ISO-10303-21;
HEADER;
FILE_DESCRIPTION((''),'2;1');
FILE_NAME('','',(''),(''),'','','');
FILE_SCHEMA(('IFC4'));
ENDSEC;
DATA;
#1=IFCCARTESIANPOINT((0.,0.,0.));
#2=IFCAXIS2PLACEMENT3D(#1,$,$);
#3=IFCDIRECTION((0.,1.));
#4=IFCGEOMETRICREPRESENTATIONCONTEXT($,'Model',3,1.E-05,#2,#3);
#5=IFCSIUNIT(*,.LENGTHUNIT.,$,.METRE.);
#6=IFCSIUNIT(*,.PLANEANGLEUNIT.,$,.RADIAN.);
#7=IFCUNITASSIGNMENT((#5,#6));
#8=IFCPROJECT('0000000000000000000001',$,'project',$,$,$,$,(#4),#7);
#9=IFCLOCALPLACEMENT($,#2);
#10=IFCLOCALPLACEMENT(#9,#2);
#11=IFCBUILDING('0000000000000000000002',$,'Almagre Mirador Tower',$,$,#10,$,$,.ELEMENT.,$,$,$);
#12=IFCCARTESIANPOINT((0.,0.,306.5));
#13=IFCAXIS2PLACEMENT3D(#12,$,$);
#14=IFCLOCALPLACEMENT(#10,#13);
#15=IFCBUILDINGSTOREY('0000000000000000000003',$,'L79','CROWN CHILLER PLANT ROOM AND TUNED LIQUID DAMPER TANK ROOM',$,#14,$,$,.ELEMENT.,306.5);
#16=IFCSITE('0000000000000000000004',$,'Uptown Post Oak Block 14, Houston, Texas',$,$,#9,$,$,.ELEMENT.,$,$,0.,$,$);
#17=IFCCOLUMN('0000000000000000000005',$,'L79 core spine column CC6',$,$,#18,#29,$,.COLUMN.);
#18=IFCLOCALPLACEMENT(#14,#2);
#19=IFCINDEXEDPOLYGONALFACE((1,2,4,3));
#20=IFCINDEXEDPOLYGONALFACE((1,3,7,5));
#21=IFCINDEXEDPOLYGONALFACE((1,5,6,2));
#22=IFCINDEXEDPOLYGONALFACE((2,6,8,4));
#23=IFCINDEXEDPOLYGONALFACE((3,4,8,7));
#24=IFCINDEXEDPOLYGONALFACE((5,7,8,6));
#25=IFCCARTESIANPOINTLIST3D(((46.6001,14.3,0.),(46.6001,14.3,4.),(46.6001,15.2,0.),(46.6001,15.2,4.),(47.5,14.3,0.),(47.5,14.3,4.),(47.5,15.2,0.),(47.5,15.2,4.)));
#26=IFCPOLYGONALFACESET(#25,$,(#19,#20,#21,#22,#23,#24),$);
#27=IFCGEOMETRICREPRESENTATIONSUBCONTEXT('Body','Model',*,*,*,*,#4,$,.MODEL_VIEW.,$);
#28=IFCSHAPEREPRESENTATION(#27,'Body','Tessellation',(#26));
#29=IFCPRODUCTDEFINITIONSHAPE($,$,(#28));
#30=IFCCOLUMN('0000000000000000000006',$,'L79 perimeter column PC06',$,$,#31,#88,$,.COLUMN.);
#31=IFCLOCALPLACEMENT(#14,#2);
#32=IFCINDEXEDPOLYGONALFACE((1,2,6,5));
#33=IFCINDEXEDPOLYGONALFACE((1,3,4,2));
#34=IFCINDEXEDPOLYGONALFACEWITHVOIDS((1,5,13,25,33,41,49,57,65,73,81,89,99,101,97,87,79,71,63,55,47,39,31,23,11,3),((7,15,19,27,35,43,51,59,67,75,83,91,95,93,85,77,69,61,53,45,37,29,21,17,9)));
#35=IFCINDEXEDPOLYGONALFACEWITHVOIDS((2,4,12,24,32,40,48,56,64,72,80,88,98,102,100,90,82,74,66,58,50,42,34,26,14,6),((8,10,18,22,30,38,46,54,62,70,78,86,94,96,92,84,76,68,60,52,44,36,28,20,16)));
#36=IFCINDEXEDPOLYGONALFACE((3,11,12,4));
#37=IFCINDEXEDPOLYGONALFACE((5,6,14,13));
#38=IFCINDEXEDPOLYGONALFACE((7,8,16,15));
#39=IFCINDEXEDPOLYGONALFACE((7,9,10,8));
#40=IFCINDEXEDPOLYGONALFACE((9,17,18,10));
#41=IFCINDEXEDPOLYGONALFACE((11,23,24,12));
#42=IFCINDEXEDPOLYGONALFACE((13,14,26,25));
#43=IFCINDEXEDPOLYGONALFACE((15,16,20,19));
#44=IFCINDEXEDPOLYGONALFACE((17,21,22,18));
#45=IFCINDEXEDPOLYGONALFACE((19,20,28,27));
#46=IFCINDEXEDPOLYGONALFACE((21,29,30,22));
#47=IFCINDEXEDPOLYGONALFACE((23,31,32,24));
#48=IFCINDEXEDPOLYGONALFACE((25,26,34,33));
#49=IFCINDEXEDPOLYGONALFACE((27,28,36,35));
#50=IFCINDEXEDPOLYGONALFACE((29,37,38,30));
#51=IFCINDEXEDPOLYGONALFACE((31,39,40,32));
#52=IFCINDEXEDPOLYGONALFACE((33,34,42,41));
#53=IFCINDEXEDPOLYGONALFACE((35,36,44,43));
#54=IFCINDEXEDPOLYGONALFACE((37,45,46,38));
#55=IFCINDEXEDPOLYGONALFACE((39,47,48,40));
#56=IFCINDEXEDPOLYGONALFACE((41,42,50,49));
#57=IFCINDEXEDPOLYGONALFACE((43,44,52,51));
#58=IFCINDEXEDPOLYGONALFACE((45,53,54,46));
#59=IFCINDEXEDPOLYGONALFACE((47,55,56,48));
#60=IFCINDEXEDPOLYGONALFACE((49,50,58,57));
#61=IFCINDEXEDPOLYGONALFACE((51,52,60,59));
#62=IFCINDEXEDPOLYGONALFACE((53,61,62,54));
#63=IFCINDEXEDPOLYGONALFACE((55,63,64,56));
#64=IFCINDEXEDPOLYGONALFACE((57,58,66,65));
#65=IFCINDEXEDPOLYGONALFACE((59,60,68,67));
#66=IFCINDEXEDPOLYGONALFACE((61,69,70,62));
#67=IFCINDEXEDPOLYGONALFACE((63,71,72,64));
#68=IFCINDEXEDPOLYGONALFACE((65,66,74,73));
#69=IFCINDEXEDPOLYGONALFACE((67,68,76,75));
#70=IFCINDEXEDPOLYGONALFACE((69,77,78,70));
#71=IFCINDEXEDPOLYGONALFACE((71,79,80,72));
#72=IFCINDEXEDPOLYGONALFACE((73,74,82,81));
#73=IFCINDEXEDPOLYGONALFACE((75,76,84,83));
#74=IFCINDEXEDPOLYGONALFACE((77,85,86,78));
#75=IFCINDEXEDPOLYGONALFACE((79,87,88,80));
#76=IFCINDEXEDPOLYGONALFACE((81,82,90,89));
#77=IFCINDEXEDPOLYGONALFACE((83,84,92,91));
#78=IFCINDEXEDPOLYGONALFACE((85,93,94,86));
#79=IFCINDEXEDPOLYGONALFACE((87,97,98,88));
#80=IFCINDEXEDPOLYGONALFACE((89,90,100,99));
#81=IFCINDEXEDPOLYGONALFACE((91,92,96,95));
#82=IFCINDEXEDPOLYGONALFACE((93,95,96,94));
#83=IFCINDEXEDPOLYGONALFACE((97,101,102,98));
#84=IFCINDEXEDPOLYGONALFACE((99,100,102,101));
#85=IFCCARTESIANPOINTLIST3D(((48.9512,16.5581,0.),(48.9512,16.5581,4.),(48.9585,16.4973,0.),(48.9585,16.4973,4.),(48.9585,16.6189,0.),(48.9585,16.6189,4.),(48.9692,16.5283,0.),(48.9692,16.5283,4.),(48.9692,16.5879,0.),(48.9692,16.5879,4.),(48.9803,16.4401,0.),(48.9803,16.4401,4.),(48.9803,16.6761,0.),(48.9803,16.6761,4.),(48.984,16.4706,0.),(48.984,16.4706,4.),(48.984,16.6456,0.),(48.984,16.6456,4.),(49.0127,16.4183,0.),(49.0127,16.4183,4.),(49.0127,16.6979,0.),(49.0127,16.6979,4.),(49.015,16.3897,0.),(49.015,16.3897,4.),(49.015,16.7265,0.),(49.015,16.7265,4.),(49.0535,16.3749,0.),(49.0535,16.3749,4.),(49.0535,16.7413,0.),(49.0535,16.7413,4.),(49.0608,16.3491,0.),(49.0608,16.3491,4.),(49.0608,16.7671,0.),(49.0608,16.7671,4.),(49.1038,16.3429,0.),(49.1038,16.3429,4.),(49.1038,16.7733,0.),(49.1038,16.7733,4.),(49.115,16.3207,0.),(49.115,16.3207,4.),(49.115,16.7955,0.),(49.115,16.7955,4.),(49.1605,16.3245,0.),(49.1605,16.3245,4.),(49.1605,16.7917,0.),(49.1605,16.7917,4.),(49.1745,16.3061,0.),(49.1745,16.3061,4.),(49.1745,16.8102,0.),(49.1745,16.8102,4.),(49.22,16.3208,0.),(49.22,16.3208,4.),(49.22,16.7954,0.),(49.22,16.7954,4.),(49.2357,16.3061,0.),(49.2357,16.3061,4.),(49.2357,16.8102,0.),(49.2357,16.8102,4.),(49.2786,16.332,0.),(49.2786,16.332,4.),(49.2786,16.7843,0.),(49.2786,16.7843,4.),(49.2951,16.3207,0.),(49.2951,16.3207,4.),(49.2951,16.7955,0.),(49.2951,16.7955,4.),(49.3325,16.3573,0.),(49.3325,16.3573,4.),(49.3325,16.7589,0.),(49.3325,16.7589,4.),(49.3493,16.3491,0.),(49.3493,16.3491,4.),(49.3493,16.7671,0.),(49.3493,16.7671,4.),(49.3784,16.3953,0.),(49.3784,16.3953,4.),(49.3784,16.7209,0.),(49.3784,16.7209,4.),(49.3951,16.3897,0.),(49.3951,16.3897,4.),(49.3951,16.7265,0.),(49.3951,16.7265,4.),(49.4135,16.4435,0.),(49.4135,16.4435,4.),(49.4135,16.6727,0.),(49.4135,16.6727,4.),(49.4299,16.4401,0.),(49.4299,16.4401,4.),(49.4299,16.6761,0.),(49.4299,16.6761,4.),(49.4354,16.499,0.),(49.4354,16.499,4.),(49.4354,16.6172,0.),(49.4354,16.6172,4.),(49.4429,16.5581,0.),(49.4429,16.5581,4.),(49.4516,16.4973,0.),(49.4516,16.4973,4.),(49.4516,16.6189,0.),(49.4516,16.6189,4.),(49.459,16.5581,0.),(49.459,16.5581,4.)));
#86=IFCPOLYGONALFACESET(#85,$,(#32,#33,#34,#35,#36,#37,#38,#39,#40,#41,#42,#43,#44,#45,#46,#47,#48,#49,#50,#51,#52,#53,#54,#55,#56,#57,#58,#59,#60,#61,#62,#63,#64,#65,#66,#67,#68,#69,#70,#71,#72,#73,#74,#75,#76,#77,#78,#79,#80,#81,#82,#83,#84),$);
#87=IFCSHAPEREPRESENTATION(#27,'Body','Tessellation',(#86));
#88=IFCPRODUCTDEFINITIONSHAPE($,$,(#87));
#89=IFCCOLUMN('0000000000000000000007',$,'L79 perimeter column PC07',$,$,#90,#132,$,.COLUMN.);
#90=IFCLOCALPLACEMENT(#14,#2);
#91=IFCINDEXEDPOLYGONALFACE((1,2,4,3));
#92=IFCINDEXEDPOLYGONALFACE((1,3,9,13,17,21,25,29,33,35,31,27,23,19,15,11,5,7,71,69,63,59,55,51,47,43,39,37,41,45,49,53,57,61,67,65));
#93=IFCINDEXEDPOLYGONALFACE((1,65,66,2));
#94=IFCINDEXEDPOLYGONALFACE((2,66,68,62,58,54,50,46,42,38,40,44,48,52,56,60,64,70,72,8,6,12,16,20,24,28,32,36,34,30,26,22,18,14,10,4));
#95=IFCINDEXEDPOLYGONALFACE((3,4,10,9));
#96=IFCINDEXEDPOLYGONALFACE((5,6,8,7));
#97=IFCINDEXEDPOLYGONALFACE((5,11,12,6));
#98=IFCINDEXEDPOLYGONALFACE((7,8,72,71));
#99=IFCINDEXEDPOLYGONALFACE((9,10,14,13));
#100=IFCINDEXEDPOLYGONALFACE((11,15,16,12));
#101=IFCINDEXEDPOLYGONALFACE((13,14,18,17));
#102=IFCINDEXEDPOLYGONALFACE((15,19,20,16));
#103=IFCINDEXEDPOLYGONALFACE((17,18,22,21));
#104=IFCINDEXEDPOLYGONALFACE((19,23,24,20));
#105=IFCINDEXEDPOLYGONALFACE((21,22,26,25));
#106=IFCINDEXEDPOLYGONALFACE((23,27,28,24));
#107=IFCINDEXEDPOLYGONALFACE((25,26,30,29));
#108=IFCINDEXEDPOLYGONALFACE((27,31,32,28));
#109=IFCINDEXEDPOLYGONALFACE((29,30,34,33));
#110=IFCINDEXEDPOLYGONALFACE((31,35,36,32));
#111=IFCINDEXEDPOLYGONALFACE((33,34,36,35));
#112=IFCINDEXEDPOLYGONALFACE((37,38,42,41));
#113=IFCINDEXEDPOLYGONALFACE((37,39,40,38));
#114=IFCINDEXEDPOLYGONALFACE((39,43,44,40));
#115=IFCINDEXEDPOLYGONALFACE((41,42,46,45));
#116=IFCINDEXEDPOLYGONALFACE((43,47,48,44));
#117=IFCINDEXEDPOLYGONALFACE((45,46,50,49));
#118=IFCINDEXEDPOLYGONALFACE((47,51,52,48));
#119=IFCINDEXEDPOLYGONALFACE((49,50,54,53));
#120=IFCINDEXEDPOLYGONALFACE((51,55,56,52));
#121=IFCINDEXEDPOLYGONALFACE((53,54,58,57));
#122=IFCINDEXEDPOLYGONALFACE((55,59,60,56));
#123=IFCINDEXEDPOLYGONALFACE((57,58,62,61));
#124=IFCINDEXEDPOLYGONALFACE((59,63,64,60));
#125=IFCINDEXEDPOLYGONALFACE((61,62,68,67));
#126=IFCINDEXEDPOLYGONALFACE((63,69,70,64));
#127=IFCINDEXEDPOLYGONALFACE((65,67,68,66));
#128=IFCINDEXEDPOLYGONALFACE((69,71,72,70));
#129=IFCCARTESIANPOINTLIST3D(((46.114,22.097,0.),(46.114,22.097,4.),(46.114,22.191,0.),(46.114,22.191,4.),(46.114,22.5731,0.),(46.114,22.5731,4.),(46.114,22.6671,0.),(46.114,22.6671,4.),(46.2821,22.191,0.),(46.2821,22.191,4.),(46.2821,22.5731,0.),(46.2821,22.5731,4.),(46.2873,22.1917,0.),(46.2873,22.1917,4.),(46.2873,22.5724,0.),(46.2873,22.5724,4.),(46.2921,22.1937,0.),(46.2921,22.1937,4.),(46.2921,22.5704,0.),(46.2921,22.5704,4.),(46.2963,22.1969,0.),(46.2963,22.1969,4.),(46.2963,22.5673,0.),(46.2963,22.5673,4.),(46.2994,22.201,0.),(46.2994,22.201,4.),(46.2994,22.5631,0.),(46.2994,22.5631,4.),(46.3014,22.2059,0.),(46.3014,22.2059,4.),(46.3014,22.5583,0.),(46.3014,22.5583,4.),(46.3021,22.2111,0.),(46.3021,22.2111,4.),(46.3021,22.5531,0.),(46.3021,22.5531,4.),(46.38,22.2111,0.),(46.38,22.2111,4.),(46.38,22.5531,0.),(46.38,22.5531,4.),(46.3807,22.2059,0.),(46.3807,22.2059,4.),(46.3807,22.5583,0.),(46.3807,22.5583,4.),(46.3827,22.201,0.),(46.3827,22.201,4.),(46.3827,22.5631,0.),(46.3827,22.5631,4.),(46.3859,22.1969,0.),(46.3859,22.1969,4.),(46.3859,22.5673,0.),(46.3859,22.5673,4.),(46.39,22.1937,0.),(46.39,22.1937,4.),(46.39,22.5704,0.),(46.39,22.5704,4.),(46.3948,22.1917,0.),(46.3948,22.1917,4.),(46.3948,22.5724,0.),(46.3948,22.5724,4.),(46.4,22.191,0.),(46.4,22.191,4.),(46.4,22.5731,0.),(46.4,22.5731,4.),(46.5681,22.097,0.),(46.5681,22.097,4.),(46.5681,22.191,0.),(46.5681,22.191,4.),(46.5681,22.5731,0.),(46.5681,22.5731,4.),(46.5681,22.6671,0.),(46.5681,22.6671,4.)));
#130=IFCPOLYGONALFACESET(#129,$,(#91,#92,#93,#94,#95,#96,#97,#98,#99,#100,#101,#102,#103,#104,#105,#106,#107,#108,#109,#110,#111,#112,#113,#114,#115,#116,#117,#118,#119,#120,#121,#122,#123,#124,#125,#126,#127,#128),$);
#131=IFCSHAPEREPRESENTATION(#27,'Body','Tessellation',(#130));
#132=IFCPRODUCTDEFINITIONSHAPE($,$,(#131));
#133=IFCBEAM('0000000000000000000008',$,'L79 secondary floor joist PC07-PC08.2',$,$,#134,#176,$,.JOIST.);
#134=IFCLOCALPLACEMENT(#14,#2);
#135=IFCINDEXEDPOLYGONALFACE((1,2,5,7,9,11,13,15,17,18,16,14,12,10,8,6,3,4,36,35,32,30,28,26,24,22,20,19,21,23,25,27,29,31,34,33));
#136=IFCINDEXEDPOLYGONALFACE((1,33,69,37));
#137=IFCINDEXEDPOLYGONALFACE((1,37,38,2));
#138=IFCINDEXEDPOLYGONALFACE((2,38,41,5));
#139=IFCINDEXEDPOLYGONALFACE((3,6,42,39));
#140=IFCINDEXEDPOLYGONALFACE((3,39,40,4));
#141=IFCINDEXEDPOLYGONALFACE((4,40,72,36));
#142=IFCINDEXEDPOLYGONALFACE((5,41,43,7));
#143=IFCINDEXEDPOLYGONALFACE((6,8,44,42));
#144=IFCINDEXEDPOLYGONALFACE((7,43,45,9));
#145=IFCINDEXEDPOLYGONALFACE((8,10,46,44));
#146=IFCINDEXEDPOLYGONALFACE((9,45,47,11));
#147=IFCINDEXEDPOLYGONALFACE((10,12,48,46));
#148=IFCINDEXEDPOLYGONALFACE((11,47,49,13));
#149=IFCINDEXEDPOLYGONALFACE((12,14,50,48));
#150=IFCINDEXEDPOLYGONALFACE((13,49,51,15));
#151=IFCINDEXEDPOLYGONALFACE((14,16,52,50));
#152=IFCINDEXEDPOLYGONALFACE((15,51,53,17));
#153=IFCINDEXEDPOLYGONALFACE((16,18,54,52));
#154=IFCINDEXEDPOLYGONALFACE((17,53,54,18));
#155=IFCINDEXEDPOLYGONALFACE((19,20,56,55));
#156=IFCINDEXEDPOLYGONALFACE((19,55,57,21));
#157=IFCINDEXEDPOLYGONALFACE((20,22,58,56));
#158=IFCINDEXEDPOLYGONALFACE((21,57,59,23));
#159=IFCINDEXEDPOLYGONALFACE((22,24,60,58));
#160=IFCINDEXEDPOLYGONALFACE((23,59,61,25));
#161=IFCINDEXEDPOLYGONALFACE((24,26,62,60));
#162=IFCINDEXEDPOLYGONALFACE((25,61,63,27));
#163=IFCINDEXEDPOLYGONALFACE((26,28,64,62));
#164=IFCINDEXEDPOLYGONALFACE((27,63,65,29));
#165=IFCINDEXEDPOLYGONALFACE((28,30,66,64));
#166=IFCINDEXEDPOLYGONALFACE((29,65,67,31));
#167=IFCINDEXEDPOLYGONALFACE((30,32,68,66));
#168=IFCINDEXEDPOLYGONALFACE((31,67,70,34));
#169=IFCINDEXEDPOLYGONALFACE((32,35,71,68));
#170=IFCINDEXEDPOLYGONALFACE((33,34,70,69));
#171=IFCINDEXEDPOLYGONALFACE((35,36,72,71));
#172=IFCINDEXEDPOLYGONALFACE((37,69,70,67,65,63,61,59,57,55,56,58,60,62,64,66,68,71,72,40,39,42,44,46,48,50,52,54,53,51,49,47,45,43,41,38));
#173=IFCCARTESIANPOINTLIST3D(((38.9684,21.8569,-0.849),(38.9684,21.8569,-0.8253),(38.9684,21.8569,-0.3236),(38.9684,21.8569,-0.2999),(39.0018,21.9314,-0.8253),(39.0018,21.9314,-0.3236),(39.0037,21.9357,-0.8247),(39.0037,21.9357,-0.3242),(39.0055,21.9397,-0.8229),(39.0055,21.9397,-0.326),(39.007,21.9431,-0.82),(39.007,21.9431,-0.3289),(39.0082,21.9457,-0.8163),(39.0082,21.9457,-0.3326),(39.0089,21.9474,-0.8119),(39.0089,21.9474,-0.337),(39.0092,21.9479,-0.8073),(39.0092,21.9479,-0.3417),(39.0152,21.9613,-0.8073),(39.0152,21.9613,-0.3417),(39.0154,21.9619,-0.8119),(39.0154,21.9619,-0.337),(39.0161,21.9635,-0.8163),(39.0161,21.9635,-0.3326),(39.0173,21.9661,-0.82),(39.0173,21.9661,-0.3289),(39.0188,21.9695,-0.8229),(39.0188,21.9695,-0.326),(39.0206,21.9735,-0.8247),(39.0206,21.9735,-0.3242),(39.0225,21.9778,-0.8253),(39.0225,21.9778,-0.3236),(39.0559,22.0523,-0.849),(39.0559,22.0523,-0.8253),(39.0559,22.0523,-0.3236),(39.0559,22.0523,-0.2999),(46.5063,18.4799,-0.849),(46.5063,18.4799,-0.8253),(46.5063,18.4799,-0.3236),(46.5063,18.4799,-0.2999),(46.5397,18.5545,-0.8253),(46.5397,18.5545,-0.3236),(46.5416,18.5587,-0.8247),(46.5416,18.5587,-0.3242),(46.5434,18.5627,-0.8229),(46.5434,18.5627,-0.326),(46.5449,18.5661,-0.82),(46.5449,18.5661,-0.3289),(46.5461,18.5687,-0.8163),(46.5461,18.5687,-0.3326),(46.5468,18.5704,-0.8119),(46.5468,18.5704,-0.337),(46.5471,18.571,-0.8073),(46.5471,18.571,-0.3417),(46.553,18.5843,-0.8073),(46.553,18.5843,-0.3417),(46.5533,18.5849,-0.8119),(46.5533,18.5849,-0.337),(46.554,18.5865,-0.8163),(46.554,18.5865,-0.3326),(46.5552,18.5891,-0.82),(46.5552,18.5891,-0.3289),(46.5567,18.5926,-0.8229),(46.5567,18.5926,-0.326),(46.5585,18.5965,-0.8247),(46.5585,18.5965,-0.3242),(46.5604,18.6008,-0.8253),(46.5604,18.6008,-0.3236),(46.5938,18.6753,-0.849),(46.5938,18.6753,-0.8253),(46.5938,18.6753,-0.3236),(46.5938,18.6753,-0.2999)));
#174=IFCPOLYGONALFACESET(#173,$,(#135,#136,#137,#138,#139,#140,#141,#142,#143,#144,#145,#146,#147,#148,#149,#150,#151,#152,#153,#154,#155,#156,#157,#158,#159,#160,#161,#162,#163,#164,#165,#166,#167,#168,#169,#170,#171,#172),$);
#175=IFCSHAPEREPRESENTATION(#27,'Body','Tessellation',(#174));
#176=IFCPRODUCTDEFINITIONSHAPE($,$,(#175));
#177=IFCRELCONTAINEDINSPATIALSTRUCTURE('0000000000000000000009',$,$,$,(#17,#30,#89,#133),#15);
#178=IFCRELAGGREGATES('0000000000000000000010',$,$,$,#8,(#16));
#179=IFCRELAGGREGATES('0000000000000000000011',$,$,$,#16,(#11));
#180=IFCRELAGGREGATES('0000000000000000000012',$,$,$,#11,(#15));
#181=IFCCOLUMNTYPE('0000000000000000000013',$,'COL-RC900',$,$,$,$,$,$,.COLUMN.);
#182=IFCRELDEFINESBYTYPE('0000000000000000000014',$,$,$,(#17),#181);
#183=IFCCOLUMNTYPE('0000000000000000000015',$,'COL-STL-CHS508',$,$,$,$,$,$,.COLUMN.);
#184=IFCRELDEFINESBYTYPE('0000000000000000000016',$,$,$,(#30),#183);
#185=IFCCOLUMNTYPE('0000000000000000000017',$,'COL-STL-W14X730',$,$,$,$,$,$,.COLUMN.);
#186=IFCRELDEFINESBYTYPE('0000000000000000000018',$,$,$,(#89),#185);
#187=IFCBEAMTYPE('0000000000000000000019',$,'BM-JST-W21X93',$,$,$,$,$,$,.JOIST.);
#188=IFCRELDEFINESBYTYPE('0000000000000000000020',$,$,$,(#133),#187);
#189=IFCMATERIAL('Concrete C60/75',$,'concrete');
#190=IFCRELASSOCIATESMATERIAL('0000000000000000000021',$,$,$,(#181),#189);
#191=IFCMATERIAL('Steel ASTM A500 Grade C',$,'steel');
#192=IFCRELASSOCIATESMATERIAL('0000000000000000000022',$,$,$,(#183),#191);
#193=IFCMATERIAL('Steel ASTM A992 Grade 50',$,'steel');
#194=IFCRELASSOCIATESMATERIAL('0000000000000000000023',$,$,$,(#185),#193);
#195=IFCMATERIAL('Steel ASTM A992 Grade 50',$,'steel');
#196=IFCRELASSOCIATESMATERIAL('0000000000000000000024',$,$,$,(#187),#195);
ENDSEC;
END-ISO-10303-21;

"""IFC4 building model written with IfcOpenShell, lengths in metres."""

from ifc_helpers import new_model, si_unit, direction, frame, origin, origin_2d, place, context, subcontext, project, spatial, rectangle, hollow_circle, i_section, extrude, material, material_profile, profile_set, type_object, element, save


model = new_model("IFC4")

# Units and contexts
model_context = context("Model", 3, precision=1e-05, world=origin(), true_north=direction((0.0, 1.0)))
body_context = subcontext(model_context, "Body", "Model", "MODEL_VIEW")
ifc_project = project(units=[si_unit("LENGTHUNIT", "METRE"), si_unit("PLANEANGLEUNIT", "RADIAN")], contexts=[model_context])

# Site, building, storey
site_placement = place(None, origin())
site = spatial("IfcSite", under=ifc_project, at=site_placement, Name="Uptown Post Oak Block 14, Houston, Texas", CompositionType="ELEMENT", RefElevation=0.0)
building_placement = place(site_placement, origin())
building = spatial("IfcBuilding", under=site, at=building_placement, Name="Almagre Mirador Tower", CompositionType="ELEMENT")
storey_placement = place(building_placement, frame((0.0, 0.0, 306.5)))
storey = spatial("IfcBuildingStorey", under=building, at=storey_placement, Name="L79", Description="CROWN CHILLER PLANT ROOM AND TUNED LIQUID DAMPER TANK ROOM", CompositionType="ELEMENT", Elevation=306.5)

# Columns
ifc_material_1 = material(Name="Concrete C60/75", Category="concrete")
ifc_material_profile_1 = material_profile(ifc_material_1, rectangle(XDim=0.8999, YDim=0.8999, at=origin_2d()), Name="RC900X900")
ifc_profile_set_1 = profile_set([ifc_material_profile_1], Name="Concrete C60/75")
column_type_1 = type_object("IfcColumnType", Name="COL-RC900", PredefinedType="COLUMN", material=ifc_profile_set_1)
column_1_placement = place(storey_placement, frame((47.05, 14.75, 0.0), z_axis=(0.0, 0.0, 1.0), x_axis=(1.0, 0.0, 0.0)))
element("IfcColumn", 1, at=column_1_placement, inside=storey, type_object=column_type_1, Name="L79 core spine column CC6", PredefinedType="COLUMN", context=body_context, shape_type="SweptSolid", body=[
    extrude(rectangle(XDim=0.8999, YDim=0.8999, at=origin_2d()), origin(), (0.0, 0.0, 1.0), 4.0),
])
ifc_material_2 = material(Name="Steel ASTM A500 Grade C", Category="steel")
ifc_material_profile_2 = material_profile(ifc_material_2, hollow_circle(Radius=0.2539, WallThickness=0.0161, at=origin_2d()), Name="CHS508X16")
ifc_profile_set_2 = profile_set([ifc_material_profile_2], Name="Steel ASTM A500 Grade C")
column_type_2 = type_object("IfcColumnType", Name="COL-STL-CHS508", PredefinedType="COLUMN", material=ifc_profile_set_2)
column_2_placement = place(storey_placement, frame((49.2051, 16.5581, 0.0), z_axis=(0.0, 0.0, 1.0), x_axis=(1.0, 0.0, 0.0)))
element("IfcColumn", 2, at=column_2_placement, inside=storey, type_object=column_type_2, Name="L79 perimeter column PC06", PredefinedType="COLUMN", context=body_context, shape_type="SweptSolid", body=[
    extrude(hollow_circle(Radius=0.2539, WallThickness=0.0161, at=origin_2d()), origin(), (0.0, 0.0, 1.0), 4.0),
])
ifc_material_3 = material(Name="Steel ASTM A992 Grade 50", Category="steel")
ifc_material_profile_3 = material_profile(ifc_material_3, i_section(OverallWidth=0.4541, OverallDepth=0.5701, WebThickness=0.0779, FlangeThickness=0.094, FilletRadius=0.02, at=origin_2d()), Name="W14X730")
ifc_profile_set_3 = profile_set([ifc_material_profile_3], Name="Steel ASTM A992 Grade 50")
column_type_3 = type_object("IfcColumnType", Name="COL-STL-W14X730", PredefinedType="COLUMN", material=ifc_profile_set_3)
column_3_placement = place(storey_placement, frame((46.3411, 22.3821, 0.0), z_axis=(0.0, 0.0, 1.0), x_axis=(1.0, 0.0, 0.0)))
element("IfcColumn", 3, at=column_3_placement, inside=storey, type_object=column_type_3, Name="L79 perimeter column PC07", PredefinedType="COLUMN", context=body_context, shape_type="SweptSolid", body=[
    extrude(i_section(OverallWidth=0.4541, OverallDepth=0.5701, WebThickness=0.0779, FlangeThickness=0.094, FilletRadius=0.02, at=origin_2d()), origin(), (0.0, 0.0, 1.0), 4.0),
])

# Beam
ifc_material_4 = material(Name="Steel ASTM A992 Grade 50", Category="steel")
ifc_material_profile_4 = material_profile(ifc_material_4, i_section(OverallWidth=0.2141, OverallDepth=0.5491, WebThickness=0.0146, FlangeThickness=0.0237, FilletRadius=0.0181, at=origin_2d()), Name="W21X93")
ifc_profile_set_4 = profile_set([ifc_material_profile_4], Name="Steel ASTM A992 Grade 50")
beam_type_1 = type_object("IfcBeamType", Name="BM-JST-W21X93", PredefinedType="JOIST", material=ifc_profile_set_4)
beam_1_placement = place(storey_placement, frame((46.55, 18.5776, -0.5745), z_axis=(-0.912603, 0.408846, 0.0), x_axis=(-0.408846, -0.912603, 0.0)))
element("IfcBeam", 4, at=beam_1_placement, inside=storey, type_object=beam_type_1, Name="L79 secondary floor joist PC07-PC08.2", PredefinedType="JOIST", context=body_context, shape_type="SweptSolid", body=[
    extrude(i_section(OverallWidth=0.2141, OverallDepth=0.5491, WebThickness=0.0146, FlangeThickness=0.0237, FilletRadius=0.0181, at=origin_2d()), origin(), (0.0, 0.0, 1.0), 8.2598),
])

save(model, "model.ifc")
